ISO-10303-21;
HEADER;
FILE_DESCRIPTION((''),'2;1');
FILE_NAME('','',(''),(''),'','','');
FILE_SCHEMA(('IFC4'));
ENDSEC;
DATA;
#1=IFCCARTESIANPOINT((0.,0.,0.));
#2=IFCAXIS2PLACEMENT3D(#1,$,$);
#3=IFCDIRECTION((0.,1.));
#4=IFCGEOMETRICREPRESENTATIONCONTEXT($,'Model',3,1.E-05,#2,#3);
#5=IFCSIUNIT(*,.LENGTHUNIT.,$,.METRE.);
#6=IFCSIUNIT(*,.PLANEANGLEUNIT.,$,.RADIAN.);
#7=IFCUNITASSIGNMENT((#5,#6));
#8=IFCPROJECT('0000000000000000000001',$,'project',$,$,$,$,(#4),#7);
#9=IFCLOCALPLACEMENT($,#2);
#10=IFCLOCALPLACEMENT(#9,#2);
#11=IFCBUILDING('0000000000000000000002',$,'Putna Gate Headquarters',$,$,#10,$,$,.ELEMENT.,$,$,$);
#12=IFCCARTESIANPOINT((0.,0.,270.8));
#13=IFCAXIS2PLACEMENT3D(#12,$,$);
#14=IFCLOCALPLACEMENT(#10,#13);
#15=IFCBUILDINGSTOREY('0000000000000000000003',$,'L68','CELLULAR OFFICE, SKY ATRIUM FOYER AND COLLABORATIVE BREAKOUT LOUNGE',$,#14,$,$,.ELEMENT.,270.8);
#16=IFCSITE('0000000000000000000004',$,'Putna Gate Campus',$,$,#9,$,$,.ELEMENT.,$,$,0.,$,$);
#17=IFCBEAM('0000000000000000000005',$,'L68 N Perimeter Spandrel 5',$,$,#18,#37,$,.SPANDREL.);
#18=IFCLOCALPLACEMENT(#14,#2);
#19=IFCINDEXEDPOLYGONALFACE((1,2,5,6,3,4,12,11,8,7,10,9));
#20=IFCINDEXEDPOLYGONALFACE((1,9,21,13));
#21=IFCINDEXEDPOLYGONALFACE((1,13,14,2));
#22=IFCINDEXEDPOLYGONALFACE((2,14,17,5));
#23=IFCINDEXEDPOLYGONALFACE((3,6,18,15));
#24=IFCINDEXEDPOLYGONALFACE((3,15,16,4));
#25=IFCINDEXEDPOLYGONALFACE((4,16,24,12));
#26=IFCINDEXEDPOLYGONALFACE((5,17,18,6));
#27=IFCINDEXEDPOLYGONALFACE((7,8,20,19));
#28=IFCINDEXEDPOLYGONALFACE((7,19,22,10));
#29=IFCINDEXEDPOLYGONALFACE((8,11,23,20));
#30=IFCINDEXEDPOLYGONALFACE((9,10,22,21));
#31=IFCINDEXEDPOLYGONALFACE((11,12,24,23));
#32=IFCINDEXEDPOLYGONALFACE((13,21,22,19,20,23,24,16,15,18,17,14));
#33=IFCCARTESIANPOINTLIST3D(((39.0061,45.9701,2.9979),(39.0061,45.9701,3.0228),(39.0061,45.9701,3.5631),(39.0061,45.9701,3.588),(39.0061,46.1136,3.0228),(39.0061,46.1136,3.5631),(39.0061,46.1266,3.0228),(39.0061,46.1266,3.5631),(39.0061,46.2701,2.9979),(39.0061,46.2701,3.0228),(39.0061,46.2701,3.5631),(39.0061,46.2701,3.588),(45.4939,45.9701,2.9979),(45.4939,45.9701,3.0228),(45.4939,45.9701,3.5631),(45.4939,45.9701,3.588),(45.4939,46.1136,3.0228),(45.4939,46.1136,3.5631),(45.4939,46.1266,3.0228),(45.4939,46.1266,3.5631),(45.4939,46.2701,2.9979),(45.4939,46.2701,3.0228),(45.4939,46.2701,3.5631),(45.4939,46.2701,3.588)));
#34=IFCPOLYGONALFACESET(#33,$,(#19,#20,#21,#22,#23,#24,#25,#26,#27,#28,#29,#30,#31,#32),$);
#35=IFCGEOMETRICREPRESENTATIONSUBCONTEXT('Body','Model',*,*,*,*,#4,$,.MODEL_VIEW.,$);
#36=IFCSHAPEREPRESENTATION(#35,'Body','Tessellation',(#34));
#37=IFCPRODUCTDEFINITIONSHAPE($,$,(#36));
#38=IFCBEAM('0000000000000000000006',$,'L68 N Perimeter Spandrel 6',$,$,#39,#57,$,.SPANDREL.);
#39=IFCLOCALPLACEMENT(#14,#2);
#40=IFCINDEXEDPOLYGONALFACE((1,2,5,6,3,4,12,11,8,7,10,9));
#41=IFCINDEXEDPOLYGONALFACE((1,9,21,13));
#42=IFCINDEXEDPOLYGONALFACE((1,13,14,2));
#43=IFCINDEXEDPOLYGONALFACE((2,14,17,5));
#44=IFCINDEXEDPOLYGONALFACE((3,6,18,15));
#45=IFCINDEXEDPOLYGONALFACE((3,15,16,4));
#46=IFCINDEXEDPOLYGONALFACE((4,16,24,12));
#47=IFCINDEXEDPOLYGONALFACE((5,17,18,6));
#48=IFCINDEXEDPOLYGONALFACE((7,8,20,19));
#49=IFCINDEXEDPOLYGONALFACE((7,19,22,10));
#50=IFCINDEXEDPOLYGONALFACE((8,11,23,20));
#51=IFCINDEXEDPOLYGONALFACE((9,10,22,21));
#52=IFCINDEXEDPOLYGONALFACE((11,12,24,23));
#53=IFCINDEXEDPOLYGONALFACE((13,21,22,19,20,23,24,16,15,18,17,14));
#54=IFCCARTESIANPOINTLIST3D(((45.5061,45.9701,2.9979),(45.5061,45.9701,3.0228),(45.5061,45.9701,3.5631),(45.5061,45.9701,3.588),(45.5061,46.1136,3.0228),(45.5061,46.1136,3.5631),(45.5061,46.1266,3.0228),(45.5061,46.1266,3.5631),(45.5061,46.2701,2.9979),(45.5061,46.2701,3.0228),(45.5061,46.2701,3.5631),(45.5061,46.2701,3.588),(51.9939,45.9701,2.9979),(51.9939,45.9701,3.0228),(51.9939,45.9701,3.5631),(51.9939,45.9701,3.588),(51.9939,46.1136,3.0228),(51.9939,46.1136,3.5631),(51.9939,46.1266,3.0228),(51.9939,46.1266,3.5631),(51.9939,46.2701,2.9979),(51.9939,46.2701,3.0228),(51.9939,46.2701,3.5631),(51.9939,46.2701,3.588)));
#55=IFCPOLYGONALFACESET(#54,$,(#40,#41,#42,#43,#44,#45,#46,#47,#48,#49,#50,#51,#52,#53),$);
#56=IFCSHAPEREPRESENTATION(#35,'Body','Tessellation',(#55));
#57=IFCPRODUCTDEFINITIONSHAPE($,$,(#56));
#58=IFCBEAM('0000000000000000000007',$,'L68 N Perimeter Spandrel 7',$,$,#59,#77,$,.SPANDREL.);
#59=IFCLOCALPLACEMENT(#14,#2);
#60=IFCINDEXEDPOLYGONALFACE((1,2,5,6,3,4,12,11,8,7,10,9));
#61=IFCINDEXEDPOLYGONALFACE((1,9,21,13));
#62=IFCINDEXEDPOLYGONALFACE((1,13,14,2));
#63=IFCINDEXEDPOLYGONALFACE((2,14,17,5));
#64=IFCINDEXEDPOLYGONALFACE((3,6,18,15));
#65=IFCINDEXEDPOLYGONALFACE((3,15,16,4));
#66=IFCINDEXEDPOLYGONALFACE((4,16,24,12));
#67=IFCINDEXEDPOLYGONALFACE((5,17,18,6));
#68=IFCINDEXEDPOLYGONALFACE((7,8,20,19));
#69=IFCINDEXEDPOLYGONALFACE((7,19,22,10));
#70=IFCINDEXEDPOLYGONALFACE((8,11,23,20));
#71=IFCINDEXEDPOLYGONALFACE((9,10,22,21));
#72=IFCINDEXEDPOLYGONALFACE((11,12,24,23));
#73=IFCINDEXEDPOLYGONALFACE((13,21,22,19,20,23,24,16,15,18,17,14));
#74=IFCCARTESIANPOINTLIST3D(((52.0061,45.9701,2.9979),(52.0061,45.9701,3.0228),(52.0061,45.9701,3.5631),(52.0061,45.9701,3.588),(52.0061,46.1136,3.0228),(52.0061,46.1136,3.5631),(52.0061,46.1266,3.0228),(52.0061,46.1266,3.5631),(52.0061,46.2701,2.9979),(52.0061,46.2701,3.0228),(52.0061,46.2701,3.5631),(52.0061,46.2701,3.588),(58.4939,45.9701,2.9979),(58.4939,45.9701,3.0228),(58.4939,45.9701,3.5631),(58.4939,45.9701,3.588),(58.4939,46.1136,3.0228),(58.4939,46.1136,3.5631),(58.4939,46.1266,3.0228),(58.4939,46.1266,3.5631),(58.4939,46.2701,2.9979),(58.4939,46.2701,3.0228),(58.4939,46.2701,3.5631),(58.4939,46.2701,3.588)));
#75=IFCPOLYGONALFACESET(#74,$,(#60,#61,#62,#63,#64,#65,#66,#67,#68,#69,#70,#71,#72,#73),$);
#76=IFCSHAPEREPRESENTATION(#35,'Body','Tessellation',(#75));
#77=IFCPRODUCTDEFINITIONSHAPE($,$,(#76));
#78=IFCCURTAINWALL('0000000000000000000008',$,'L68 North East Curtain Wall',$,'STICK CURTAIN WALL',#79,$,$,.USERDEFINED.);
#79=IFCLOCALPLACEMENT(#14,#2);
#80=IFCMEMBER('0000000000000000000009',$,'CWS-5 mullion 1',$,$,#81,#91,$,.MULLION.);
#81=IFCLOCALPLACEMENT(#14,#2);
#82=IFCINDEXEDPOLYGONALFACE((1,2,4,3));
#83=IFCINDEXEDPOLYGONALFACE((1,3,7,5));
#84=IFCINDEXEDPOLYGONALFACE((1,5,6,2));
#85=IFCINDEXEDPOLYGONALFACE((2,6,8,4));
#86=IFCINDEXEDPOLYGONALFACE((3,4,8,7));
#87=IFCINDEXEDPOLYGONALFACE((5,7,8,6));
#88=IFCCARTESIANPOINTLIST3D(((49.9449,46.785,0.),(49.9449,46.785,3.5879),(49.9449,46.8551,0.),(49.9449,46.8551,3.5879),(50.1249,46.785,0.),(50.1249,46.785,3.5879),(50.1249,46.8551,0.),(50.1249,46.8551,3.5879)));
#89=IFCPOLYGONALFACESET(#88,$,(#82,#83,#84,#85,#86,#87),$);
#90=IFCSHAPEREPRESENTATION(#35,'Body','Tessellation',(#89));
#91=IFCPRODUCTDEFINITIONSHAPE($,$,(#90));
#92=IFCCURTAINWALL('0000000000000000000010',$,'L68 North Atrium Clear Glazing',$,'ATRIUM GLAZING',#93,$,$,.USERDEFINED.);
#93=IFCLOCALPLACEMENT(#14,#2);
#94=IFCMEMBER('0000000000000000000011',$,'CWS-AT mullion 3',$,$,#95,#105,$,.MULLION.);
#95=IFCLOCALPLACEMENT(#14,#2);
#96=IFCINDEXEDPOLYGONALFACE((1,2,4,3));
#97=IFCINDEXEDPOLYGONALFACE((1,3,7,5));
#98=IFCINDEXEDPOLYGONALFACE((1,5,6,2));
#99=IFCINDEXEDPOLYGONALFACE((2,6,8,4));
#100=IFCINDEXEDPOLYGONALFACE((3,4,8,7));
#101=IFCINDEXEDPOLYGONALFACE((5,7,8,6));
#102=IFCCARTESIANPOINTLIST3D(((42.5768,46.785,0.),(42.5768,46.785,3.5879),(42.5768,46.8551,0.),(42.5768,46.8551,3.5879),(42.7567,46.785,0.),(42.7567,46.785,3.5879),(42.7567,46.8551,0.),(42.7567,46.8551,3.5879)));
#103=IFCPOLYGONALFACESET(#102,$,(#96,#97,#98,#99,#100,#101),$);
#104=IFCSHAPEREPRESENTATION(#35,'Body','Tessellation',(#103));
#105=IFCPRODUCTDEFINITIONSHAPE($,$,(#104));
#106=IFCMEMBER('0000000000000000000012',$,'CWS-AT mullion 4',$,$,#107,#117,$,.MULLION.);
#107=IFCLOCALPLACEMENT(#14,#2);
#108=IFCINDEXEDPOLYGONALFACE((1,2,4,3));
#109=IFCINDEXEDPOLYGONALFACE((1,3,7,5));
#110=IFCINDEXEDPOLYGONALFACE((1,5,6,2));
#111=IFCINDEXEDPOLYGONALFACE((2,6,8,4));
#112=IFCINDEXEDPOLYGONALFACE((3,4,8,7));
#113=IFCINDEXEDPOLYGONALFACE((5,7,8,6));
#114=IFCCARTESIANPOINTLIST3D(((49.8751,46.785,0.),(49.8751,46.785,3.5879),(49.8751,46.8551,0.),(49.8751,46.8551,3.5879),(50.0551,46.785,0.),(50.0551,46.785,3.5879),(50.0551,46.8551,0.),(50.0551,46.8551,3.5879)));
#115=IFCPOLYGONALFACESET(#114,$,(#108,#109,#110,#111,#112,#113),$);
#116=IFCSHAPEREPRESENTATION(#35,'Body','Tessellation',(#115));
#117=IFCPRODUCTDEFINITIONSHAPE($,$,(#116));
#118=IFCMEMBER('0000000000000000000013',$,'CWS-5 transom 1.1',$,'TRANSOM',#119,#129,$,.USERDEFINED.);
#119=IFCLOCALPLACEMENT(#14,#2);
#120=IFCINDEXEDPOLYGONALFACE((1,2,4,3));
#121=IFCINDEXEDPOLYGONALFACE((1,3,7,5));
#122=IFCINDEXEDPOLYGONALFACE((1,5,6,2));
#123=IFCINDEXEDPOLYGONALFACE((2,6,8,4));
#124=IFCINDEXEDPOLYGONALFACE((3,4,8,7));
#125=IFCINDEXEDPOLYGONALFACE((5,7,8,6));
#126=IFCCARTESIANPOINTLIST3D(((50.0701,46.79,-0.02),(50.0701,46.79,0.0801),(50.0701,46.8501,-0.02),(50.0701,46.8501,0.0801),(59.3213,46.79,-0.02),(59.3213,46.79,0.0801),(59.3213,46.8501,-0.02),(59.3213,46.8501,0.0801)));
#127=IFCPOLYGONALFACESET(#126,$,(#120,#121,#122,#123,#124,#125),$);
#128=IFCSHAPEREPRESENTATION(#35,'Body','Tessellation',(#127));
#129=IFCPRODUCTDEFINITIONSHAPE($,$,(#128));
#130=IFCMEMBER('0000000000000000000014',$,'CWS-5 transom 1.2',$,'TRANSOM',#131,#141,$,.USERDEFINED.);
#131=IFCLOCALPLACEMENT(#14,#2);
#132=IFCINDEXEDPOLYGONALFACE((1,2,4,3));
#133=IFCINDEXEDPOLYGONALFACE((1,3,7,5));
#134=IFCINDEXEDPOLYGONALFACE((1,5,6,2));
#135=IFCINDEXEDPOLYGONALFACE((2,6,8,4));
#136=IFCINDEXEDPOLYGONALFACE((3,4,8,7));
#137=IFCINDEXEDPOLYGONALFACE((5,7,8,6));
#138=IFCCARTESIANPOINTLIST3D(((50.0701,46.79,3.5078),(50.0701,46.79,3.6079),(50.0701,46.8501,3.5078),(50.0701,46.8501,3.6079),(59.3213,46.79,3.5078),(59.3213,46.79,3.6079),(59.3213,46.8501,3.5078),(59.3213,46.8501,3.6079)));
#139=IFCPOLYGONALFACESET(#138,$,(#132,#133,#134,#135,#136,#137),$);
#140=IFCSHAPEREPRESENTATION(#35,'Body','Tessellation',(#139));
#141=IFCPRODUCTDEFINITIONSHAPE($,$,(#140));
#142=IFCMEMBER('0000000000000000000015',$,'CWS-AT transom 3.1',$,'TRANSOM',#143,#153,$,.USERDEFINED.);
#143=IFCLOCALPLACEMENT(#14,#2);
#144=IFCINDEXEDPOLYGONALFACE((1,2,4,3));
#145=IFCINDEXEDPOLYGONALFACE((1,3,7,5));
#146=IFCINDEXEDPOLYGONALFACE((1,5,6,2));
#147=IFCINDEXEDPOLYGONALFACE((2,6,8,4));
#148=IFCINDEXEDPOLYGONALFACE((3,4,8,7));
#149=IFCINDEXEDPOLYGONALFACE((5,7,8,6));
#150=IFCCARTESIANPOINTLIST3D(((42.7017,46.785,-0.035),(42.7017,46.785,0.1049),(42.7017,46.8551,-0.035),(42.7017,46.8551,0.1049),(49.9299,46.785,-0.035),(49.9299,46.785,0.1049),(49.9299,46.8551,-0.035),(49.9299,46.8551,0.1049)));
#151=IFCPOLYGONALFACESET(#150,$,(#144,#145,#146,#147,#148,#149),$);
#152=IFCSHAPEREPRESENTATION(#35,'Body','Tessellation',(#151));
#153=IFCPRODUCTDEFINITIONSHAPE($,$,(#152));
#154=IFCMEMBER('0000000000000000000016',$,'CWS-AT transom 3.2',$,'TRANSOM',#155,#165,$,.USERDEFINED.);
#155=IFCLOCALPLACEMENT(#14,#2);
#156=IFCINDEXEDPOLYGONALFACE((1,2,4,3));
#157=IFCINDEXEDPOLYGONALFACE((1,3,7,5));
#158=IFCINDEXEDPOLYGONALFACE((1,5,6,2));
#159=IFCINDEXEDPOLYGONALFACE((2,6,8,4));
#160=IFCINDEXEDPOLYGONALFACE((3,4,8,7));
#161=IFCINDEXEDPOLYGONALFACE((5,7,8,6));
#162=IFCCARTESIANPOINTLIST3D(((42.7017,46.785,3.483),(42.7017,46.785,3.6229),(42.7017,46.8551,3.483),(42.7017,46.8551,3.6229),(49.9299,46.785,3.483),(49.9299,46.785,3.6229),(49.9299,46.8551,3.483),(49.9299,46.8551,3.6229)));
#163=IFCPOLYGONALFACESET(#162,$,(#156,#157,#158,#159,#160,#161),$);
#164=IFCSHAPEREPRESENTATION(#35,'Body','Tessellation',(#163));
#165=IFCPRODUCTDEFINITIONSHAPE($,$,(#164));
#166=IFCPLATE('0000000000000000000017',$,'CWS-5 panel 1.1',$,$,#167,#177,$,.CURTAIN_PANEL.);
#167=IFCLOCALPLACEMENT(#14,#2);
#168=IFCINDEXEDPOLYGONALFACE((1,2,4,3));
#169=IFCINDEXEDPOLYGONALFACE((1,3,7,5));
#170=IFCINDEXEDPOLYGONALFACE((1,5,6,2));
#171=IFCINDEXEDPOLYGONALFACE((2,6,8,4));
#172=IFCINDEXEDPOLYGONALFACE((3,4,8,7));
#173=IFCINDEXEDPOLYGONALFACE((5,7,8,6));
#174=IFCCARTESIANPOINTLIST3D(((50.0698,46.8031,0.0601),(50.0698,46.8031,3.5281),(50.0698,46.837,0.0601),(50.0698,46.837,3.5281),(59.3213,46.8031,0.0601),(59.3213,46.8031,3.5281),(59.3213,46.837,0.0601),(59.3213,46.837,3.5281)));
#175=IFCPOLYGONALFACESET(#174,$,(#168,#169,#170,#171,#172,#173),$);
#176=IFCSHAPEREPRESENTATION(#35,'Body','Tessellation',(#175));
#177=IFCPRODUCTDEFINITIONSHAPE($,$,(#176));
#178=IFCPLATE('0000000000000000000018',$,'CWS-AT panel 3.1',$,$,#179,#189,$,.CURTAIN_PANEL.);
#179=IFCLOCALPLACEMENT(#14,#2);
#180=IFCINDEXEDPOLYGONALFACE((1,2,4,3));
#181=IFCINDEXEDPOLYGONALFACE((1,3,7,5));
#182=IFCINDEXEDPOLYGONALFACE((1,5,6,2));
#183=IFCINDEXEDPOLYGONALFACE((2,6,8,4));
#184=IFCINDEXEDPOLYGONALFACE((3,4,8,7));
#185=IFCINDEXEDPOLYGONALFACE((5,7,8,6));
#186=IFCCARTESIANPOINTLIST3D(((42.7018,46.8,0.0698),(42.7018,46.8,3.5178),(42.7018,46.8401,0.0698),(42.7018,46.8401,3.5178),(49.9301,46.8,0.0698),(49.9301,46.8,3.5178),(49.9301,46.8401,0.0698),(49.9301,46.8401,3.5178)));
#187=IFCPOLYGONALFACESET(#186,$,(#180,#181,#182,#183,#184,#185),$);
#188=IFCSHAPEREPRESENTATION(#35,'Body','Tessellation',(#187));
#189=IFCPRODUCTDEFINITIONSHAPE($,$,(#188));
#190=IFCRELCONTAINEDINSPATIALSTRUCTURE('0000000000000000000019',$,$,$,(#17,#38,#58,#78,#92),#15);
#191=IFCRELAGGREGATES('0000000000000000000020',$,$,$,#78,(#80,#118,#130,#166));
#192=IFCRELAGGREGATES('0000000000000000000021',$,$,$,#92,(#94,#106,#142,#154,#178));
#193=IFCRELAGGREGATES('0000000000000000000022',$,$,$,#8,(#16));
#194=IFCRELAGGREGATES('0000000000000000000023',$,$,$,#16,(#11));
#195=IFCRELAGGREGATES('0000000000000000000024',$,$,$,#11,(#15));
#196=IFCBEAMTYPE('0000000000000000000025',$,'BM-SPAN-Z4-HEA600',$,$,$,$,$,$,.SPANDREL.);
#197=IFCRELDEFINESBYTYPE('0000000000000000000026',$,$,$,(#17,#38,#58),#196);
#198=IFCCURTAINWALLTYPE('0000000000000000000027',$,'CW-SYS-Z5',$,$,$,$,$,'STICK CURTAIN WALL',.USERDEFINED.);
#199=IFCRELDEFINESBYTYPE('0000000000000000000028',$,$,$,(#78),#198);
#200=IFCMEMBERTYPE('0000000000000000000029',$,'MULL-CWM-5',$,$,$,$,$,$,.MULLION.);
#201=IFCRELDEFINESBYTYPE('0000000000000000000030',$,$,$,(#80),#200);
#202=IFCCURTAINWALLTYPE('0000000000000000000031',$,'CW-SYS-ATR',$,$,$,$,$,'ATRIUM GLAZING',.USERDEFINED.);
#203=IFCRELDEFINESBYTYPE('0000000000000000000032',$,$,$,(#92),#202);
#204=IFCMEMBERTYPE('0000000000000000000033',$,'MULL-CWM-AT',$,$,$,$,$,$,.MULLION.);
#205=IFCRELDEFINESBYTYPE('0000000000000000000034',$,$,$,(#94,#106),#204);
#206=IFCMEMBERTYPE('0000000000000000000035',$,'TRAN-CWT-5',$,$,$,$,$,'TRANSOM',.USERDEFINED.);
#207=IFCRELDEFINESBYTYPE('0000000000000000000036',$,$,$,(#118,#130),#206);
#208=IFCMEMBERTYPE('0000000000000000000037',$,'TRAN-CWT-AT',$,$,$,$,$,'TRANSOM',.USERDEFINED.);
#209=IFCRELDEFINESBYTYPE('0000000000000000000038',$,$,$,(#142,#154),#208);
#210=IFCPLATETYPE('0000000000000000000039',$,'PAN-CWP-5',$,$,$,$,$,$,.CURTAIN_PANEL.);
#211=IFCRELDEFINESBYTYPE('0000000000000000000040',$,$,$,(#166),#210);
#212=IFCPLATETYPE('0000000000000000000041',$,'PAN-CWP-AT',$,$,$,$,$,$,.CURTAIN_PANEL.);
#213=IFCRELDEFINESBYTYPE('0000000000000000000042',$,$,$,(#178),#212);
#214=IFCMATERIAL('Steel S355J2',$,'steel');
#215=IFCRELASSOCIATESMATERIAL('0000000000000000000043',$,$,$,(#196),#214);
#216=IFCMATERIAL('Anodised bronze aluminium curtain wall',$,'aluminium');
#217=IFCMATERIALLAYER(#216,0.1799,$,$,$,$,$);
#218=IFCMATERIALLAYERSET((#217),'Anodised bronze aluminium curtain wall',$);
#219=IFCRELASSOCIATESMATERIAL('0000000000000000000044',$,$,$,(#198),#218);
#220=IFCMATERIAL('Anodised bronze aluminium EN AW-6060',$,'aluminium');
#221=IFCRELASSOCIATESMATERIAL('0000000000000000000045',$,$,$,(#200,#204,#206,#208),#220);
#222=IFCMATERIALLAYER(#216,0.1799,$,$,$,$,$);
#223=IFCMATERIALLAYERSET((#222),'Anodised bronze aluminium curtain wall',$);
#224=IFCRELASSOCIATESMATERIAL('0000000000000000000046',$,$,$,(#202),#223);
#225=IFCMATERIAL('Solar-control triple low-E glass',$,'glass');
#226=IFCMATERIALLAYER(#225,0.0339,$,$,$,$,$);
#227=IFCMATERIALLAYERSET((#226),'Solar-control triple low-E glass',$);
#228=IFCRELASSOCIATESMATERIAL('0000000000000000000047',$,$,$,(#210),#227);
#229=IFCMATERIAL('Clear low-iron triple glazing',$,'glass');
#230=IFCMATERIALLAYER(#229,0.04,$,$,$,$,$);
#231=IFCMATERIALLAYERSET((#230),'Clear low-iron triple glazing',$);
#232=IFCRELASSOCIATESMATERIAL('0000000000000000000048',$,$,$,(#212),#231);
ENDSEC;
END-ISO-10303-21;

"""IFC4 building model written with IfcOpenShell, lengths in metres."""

from ifc_helpers import new_model, si_unit, direction, frame, origin, origin_2d, place, context, subcontext, project, spatial, rectangle, i_section, extrude, material, layer, layer_set, material_profile, profile_set, type_object, element, aggregate, save


model = new_model("IFC4")

# Units and contexts
model_context = context("Model", 3, precision=1e-05, world=origin(), true_north=direction((0.0, 1.0)))
body_context = subcontext(model_context, "Body", "Model", "MODEL_VIEW")
ifc_project = project(units=[si_unit("LENGTHUNIT", "METRE"), si_unit("PLANEANGLEUNIT", "RADIAN")], contexts=[model_context])

# Site, building, storey
site_placement = place(None, origin())
site = spatial("IfcSite", under=ifc_project, at=site_placement, Name="Putna Gate Campus", CompositionType="ELEMENT", RefElevation=0.0)
building_placement = place(site_placement, origin())
building = spatial("IfcBuilding", under=site, at=building_placement, Name="Putna Gate Headquarters", CompositionType="ELEMENT")
storey_placement = place(building_placement, frame((0.0, 0.0, 270.8)))
storey = spatial("IfcBuildingStorey", under=building, at=storey_placement, Name="L68", Description="CELLULAR OFFICE, SKY ATRIUM FOYER AND COLLABORATIVE BREAKOUT LOUNGE", CompositionType="ELEMENT", Elevation=270.8)

# Beams
ifc_material_1 = material(Name="Steel S355J2", Category="steel")
ifc_material_profile_1 = material_profile(ifc_material_1, i_section(OverallWidth=0.3, OverallDepth=0.5901, WebThickness=0.0129, FlangeThickness=0.0249, at=origin_2d()), Name="Steel S355J2")
ifc_profile_set_1 = profile_set([ifc_material_profile_1], Name="Steel S355J2")
beam_type_1 = type_object("IfcBeamType", Name="BM-SPAN-Z4-HEA600", PredefinedType="SPANDREL", material=ifc_profile_set_1)
for number, where, z_axis, x_axis, name in (
    (1, (39.0061, 46.1201, 3.293), (1.0, 0.0, 0.0), (0.0, 1.0, 0.0), "L68 N Perimeter Spandrel 5"),
    (2, (45.5061, 46.1201, 3.293), (1.0, 0.0, 0.0), (0.0, 1.0, 0.0), "L68 N Perimeter Spandrel 6"),
    (3, (52.0061, 46.1201, 3.293), (1.0, 0.0, 0.0), (0.0, 1.0, 0.0), "L68 N Perimeter Spandrel 7"),
):
    element("IfcBeam", number, at=place(storey_placement, frame(where, z_axis=z_axis, x_axis=x_axis)), inside=storey, type_object=beam_type_1, Name=name, PredefinedType="SPANDREL", context=body_context, shape_type="SweptSolid", body=[
        extrude(i_section(OverallWidth=0.3, OverallDepth=0.5901, WebThickness=0.0129, FlangeThickness=0.0249, at=origin_2d()), origin(), (0.0, 0.0, 1.0), 6.4878),
    ])

# Curtain wall, member
ifc_material_2 = material(Name="Anodised bronze aluminium curtain wall", Category="aluminium")
ifc_layer_1 = layer(ifc_material_2, 0.1799)
ifc_layer_set_1 = layer_set([ifc_layer_1], Name="Anodised bronze aluminium curtain wall")
curtain_wall_type_1 = type_object("IfcCurtainWallType", Name="CW-SYS-Z5", ElementType="STICK CURTAIN WALL", PredefinedType="USERDEFINED", material=ifc_layer_set_1)
curtain_wall_1_placement = place(storey_placement, origin())
curtain_wall_1 = element("IfcCurtainWall", 4, at=curtain_wall_1_placement, inside=storey, type_object=curtain_wall_type_1, Name="L68 North East Curtain Wall", ObjectType="STICK CURTAIN WALL", PredefinedType="USERDEFINED")
ifc_material_3 = material(Name="Anodised bronze aluminium EN AW-6060", Category="aluminium")
ifc_material_profile_2 = material_profile(ifc_material_3, rectangle(XDim=0.0701, YDim=0.1799, at=origin_2d()), Name="Anodised bronze aluminium EN AW-6060")
ifc_profile_set_2 = profile_set([ifc_material_profile_2], Name="Anodised bronze aluminium EN AW-6060")
member_type_1 = type_object("IfcMemberType", Name="MULL-CWM-5", PredefinedType="MULLION", material=ifc_profile_set_2)
member_1_placement = place(storey_placement, frame((50.0349, 46.8201, 0.0), z_axis=(0.0, 0.0, 1.0), x_axis=(0.0, 1.0, 0.0)))
member_1 = element("IfcMember", 5, at=member_1_placement, type_object=member_type_1, Name="CWS-5 mullion 1", PredefinedType="MULLION", context=body_context, shape_type="SweptSolid", body=[
    extrude(rectangle(XDim=0.0701, YDim=0.1799, at=origin_2d()), origin(), (0.0, 0.0, 1.0), 3.5879),
])

# Curtain wall, members
ifc_layer_2 = layer(ifc_material_2, 0.1799)
ifc_layer_set_2 = layer_set([ifc_layer_2], Name="Anodised bronze aluminium curtain wall")
curtain_wall_type_2 = type_object("IfcCurtainWallType", Name="CW-SYS-ATR", ElementType="ATRIUM GLAZING", PredefinedType="USERDEFINED", material=ifc_layer_set_2)
curtain_wall_2_placement = place(storey_placement, origin())
curtain_wall_2 = element("IfcCurtainWall", 6, at=curtain_wall_2_placement, inside=storey, type_object=curtain_wall_type_2, Name="L68 North Atrium Clear Glazing", ObjectType="ATRIUM GLAZING", PredefinedType="USERDEFINED")
ifc_material_profile_3 = material_profile(ifc_material_3, rectangle(XDim=0.0701, YDim=0.1799, at=origin_2d()), Name="Anodised bronze aluminium EN AW-6060")
ifc_profile_set_3 = profile_set([ifc_material_profile_3], Name="Anodised bronze aluminium EN AW-6060")
member_type_2 = type_object("IfcMemberType", Name="MULL-CWM-AT", PredefinedType="MULLION", material=ifc_profile_set_3)
member_2_placement = place(storey_placement, frame((42.6667, 46.8201, 0.0), z_axis=(0.0, 0.0, 1.0), x_axis=(0.0, 1.0, 0.0)))
member_2 = element("IfcMember", 7, at=member_2_placement, type_object=member_type_2, Name="CWS-AT mullion 3", PredefinedType="MULLION", context=body_context, shape_type="SweptSolid", body=[
    extrude(rectangle(XDim=0.0701, YDim=0.1799, at=origin_2d()), origin(), (0.0, 0.0, 1.0), 3.5879),
])
member_3_placement = place(storey_placement, frame((49.9651, 46.8201, 0.0), z_axis=(0.0, 0.0, 1.0), x_axis=(0.0, 1.0, 0.0)))
member_3 = element("IfcMember", 8, at=member_3_placement, type_object=member_type_2, Name="CWS-AT mullion 4", PredefinedType="MULLION", context=body_context, shape_type="SweptSolid", body=[
    extrude(rectangle(XDim=0.0701, YDim=0.1799, at=origin_2d()), origin(), (0.0, 0.0, 1.0), 3.5879),
])

# Members
ifc_material_profile_4 = material_profile(ifc_material_3, rectangle(XDim=0.0601, YDim=0.1001, at=origin_2d()), Name="Anodised bronze aluminium EN AW-6060")
ifc_profile_set_4 = profile_set([ifc_material_profile_4], Name="Anodised bronze aluminium EN AW-6060")
member_type_3 = type_object("IfcMemberType", Name="TRAN-CWT-5", ElementType="TRANSOM", PredefinedType="USERDEFINED", material=ifc_profile_set_4)
member_4_placement = place(storey_placement, frame((50.0701, 46.8201, 0.03), z_axis=(1.0, 0.0, 0.0), x_axis=(0.0, 1.0, 0.0)))
member_4 = element("IfcMember", 9, at=member_4_placement, type_object=member_type_3, Name="CWS-5 transom 1.1", ObjectType="TRANSOM", PredefinedType="USERDEFINED", context=body_context, shape_type="SweptSolid", body=[
    extrude(rectangle(XDim=0.0601, YDim=0.1001, at=origin_2d()), origin(), (0.0, 0.0, 1.0), 9.2512),
])
member_5_placement = place(storey_placement, frame((50.0701, 46.8201, 3.5579), z_axis=(1.0, 0.0, 0.0), x_axis=(0.0, 1.0, 0.0)))
member_5 = element("IfcMember", 10, at=member_5_placement, type_object=member_type_3, Name="CWS-5 transom 1.2", ObjectType="TRANSOM", PredefinedType="USERDEFINED", context=body_context, shape_type="SweptSolid", body=[
    extrude(rectangle(XDim=0.0601, YDim=0.1001, at=origin_2d()), origin(), (0.0, 0.0, 1.0), 9.2512),
])
ifc_material_profile_5 = material_profile(ifc_material_3, rectangle(XDim=0.0701, YDim=0.1399, at=origin_2d()), Name="Anodised bronze aluminium EN AW-6060")
ifc_profile_set_5 = profile_set([ifc_material_profile_5], Name="Anodised bronze aluminium EN AW-6060")
member_type_4 = type_object("IfcMemberType", Name="TRAN-CWT-AT", ElementType="TRANSOM", PredefinedType="USERDEFINED", material=ifc_profile_set_5)
member_6_placement = place(storey_placement, frame((42.7017, 46.8201, 0.0349), z_axis=(1.0, 0.0, 0.0), x_axis=(0.0, 1.0, 0.0)))
member_6 = element("IfcMember", 11, at=member_6_placement, type_object=member_type_4, Name="CWS-AT transom 3.1", ObjectType="TRANSOM", PredefinedType="USERDEFINED", context=body_context, shape_type="SweptSolid", body=[
    extrude(rectangle(XDim=0.0701, YDim=0.1399, at=origin_2d()), origin(), (0.0, 0.0, 1.0), 7.2283),
])
member_7_placement = place(storey_placement, frame((42.7017, 46.8201, 3.553), z_axis=(1.0, 0.0, 0.0), x_axis=(0.0, 1.0, 0.0)))
member_7 = element("IfcMember", 12, at=member_7_placement, type_object=member_type_4, Name="CWS-AT transom 3.2", ObjectType="TRANSOM", PredefinedType="USERDEFINED", context=body_context, shape_type="SweptSolid", body=[
    extrude(rectangle(XDim=0.0701, YDim=0.1399, at=origin_2d()), origin(), (0.0, 0.0, 1.0), 7.2283),
])

# Plates
ifc_material_4 = material(Name="Solar-control triple low-E glass", Category="glass")
ifc_layer_3 = layer(ifc_material_4, 0.0339)
ifc_layer_set_3 = layer_set([ifc_layer_3], Name="Solar-control triple low-E glass")
plate_type_1 = type_object("IfcPlateType", Name="PAN-CWP-5", PredefinedType="CURTAIN_PANEL", material=ifc_layer_set_3)
plate_1_placement = place(storey_placement, frame((54.6956, 46.8201, 0.0601), z_axis=(0.0, 0.0, 1.0), x_axis=(1.0, 0.0, 0.0)))
plate_1 = element("IfcPlate", 13, at=plate_1_placement, type_object=plate_type_1, Name="CWS-5 panel 1.1", PredefinedType="CURTAIN_PANEL", context=body_context, shape_type="SweptSolid", body=[
    extrude(rectangle(XDim=9.2515, YDim=0.0339, at=origin_2d()), origin(), (0.0, 0.0, 1.0), 3.468),
])
aggregate(curtain_wall_1, [member_1, member_4, member_5, plate_1])
ifc_material_5 = material(Name="Clear low-iron triple glazing", Category="glass")
ifc_layer_4 = layer(ifc_material_5, 0.04)
ifc_layer_set_4 = layer_set([ifc_layer_4], Name="Clear low-iron triple glazing")
plate_type_2 = type_object("IfcPlateType", Name="PAN-CWP-AT", PredefinedType="CURTAIN_PANEL", material=ifc_layer_set_4)
plate_2_placement = place(storey_placement, frame((46.3159, 46.8201, 0.0698), z_axis=(0.0, 0.0, 1.0), x_axis=(1.0, 0.0, 0.0)))
plate_2 = element("IfcPlate", 14, at=plate_2_placement, type_object=plate_type_2, Name="CWS-AT panel 3.1", PredefinedType="CURTAIN_PANEL", context=body_context, shape_type="SweptSolid", body=[
    extrude(rectangle(XDim=7.2283, YDim=0.04, at=origin_2d()), origin(), (0.0, 0.0, 1.0), 3.448),
])
aggregate(curtain_wall_2, [member_2, member_3, member_6, member_7, plate_2])

save(model, "model.ifc")
